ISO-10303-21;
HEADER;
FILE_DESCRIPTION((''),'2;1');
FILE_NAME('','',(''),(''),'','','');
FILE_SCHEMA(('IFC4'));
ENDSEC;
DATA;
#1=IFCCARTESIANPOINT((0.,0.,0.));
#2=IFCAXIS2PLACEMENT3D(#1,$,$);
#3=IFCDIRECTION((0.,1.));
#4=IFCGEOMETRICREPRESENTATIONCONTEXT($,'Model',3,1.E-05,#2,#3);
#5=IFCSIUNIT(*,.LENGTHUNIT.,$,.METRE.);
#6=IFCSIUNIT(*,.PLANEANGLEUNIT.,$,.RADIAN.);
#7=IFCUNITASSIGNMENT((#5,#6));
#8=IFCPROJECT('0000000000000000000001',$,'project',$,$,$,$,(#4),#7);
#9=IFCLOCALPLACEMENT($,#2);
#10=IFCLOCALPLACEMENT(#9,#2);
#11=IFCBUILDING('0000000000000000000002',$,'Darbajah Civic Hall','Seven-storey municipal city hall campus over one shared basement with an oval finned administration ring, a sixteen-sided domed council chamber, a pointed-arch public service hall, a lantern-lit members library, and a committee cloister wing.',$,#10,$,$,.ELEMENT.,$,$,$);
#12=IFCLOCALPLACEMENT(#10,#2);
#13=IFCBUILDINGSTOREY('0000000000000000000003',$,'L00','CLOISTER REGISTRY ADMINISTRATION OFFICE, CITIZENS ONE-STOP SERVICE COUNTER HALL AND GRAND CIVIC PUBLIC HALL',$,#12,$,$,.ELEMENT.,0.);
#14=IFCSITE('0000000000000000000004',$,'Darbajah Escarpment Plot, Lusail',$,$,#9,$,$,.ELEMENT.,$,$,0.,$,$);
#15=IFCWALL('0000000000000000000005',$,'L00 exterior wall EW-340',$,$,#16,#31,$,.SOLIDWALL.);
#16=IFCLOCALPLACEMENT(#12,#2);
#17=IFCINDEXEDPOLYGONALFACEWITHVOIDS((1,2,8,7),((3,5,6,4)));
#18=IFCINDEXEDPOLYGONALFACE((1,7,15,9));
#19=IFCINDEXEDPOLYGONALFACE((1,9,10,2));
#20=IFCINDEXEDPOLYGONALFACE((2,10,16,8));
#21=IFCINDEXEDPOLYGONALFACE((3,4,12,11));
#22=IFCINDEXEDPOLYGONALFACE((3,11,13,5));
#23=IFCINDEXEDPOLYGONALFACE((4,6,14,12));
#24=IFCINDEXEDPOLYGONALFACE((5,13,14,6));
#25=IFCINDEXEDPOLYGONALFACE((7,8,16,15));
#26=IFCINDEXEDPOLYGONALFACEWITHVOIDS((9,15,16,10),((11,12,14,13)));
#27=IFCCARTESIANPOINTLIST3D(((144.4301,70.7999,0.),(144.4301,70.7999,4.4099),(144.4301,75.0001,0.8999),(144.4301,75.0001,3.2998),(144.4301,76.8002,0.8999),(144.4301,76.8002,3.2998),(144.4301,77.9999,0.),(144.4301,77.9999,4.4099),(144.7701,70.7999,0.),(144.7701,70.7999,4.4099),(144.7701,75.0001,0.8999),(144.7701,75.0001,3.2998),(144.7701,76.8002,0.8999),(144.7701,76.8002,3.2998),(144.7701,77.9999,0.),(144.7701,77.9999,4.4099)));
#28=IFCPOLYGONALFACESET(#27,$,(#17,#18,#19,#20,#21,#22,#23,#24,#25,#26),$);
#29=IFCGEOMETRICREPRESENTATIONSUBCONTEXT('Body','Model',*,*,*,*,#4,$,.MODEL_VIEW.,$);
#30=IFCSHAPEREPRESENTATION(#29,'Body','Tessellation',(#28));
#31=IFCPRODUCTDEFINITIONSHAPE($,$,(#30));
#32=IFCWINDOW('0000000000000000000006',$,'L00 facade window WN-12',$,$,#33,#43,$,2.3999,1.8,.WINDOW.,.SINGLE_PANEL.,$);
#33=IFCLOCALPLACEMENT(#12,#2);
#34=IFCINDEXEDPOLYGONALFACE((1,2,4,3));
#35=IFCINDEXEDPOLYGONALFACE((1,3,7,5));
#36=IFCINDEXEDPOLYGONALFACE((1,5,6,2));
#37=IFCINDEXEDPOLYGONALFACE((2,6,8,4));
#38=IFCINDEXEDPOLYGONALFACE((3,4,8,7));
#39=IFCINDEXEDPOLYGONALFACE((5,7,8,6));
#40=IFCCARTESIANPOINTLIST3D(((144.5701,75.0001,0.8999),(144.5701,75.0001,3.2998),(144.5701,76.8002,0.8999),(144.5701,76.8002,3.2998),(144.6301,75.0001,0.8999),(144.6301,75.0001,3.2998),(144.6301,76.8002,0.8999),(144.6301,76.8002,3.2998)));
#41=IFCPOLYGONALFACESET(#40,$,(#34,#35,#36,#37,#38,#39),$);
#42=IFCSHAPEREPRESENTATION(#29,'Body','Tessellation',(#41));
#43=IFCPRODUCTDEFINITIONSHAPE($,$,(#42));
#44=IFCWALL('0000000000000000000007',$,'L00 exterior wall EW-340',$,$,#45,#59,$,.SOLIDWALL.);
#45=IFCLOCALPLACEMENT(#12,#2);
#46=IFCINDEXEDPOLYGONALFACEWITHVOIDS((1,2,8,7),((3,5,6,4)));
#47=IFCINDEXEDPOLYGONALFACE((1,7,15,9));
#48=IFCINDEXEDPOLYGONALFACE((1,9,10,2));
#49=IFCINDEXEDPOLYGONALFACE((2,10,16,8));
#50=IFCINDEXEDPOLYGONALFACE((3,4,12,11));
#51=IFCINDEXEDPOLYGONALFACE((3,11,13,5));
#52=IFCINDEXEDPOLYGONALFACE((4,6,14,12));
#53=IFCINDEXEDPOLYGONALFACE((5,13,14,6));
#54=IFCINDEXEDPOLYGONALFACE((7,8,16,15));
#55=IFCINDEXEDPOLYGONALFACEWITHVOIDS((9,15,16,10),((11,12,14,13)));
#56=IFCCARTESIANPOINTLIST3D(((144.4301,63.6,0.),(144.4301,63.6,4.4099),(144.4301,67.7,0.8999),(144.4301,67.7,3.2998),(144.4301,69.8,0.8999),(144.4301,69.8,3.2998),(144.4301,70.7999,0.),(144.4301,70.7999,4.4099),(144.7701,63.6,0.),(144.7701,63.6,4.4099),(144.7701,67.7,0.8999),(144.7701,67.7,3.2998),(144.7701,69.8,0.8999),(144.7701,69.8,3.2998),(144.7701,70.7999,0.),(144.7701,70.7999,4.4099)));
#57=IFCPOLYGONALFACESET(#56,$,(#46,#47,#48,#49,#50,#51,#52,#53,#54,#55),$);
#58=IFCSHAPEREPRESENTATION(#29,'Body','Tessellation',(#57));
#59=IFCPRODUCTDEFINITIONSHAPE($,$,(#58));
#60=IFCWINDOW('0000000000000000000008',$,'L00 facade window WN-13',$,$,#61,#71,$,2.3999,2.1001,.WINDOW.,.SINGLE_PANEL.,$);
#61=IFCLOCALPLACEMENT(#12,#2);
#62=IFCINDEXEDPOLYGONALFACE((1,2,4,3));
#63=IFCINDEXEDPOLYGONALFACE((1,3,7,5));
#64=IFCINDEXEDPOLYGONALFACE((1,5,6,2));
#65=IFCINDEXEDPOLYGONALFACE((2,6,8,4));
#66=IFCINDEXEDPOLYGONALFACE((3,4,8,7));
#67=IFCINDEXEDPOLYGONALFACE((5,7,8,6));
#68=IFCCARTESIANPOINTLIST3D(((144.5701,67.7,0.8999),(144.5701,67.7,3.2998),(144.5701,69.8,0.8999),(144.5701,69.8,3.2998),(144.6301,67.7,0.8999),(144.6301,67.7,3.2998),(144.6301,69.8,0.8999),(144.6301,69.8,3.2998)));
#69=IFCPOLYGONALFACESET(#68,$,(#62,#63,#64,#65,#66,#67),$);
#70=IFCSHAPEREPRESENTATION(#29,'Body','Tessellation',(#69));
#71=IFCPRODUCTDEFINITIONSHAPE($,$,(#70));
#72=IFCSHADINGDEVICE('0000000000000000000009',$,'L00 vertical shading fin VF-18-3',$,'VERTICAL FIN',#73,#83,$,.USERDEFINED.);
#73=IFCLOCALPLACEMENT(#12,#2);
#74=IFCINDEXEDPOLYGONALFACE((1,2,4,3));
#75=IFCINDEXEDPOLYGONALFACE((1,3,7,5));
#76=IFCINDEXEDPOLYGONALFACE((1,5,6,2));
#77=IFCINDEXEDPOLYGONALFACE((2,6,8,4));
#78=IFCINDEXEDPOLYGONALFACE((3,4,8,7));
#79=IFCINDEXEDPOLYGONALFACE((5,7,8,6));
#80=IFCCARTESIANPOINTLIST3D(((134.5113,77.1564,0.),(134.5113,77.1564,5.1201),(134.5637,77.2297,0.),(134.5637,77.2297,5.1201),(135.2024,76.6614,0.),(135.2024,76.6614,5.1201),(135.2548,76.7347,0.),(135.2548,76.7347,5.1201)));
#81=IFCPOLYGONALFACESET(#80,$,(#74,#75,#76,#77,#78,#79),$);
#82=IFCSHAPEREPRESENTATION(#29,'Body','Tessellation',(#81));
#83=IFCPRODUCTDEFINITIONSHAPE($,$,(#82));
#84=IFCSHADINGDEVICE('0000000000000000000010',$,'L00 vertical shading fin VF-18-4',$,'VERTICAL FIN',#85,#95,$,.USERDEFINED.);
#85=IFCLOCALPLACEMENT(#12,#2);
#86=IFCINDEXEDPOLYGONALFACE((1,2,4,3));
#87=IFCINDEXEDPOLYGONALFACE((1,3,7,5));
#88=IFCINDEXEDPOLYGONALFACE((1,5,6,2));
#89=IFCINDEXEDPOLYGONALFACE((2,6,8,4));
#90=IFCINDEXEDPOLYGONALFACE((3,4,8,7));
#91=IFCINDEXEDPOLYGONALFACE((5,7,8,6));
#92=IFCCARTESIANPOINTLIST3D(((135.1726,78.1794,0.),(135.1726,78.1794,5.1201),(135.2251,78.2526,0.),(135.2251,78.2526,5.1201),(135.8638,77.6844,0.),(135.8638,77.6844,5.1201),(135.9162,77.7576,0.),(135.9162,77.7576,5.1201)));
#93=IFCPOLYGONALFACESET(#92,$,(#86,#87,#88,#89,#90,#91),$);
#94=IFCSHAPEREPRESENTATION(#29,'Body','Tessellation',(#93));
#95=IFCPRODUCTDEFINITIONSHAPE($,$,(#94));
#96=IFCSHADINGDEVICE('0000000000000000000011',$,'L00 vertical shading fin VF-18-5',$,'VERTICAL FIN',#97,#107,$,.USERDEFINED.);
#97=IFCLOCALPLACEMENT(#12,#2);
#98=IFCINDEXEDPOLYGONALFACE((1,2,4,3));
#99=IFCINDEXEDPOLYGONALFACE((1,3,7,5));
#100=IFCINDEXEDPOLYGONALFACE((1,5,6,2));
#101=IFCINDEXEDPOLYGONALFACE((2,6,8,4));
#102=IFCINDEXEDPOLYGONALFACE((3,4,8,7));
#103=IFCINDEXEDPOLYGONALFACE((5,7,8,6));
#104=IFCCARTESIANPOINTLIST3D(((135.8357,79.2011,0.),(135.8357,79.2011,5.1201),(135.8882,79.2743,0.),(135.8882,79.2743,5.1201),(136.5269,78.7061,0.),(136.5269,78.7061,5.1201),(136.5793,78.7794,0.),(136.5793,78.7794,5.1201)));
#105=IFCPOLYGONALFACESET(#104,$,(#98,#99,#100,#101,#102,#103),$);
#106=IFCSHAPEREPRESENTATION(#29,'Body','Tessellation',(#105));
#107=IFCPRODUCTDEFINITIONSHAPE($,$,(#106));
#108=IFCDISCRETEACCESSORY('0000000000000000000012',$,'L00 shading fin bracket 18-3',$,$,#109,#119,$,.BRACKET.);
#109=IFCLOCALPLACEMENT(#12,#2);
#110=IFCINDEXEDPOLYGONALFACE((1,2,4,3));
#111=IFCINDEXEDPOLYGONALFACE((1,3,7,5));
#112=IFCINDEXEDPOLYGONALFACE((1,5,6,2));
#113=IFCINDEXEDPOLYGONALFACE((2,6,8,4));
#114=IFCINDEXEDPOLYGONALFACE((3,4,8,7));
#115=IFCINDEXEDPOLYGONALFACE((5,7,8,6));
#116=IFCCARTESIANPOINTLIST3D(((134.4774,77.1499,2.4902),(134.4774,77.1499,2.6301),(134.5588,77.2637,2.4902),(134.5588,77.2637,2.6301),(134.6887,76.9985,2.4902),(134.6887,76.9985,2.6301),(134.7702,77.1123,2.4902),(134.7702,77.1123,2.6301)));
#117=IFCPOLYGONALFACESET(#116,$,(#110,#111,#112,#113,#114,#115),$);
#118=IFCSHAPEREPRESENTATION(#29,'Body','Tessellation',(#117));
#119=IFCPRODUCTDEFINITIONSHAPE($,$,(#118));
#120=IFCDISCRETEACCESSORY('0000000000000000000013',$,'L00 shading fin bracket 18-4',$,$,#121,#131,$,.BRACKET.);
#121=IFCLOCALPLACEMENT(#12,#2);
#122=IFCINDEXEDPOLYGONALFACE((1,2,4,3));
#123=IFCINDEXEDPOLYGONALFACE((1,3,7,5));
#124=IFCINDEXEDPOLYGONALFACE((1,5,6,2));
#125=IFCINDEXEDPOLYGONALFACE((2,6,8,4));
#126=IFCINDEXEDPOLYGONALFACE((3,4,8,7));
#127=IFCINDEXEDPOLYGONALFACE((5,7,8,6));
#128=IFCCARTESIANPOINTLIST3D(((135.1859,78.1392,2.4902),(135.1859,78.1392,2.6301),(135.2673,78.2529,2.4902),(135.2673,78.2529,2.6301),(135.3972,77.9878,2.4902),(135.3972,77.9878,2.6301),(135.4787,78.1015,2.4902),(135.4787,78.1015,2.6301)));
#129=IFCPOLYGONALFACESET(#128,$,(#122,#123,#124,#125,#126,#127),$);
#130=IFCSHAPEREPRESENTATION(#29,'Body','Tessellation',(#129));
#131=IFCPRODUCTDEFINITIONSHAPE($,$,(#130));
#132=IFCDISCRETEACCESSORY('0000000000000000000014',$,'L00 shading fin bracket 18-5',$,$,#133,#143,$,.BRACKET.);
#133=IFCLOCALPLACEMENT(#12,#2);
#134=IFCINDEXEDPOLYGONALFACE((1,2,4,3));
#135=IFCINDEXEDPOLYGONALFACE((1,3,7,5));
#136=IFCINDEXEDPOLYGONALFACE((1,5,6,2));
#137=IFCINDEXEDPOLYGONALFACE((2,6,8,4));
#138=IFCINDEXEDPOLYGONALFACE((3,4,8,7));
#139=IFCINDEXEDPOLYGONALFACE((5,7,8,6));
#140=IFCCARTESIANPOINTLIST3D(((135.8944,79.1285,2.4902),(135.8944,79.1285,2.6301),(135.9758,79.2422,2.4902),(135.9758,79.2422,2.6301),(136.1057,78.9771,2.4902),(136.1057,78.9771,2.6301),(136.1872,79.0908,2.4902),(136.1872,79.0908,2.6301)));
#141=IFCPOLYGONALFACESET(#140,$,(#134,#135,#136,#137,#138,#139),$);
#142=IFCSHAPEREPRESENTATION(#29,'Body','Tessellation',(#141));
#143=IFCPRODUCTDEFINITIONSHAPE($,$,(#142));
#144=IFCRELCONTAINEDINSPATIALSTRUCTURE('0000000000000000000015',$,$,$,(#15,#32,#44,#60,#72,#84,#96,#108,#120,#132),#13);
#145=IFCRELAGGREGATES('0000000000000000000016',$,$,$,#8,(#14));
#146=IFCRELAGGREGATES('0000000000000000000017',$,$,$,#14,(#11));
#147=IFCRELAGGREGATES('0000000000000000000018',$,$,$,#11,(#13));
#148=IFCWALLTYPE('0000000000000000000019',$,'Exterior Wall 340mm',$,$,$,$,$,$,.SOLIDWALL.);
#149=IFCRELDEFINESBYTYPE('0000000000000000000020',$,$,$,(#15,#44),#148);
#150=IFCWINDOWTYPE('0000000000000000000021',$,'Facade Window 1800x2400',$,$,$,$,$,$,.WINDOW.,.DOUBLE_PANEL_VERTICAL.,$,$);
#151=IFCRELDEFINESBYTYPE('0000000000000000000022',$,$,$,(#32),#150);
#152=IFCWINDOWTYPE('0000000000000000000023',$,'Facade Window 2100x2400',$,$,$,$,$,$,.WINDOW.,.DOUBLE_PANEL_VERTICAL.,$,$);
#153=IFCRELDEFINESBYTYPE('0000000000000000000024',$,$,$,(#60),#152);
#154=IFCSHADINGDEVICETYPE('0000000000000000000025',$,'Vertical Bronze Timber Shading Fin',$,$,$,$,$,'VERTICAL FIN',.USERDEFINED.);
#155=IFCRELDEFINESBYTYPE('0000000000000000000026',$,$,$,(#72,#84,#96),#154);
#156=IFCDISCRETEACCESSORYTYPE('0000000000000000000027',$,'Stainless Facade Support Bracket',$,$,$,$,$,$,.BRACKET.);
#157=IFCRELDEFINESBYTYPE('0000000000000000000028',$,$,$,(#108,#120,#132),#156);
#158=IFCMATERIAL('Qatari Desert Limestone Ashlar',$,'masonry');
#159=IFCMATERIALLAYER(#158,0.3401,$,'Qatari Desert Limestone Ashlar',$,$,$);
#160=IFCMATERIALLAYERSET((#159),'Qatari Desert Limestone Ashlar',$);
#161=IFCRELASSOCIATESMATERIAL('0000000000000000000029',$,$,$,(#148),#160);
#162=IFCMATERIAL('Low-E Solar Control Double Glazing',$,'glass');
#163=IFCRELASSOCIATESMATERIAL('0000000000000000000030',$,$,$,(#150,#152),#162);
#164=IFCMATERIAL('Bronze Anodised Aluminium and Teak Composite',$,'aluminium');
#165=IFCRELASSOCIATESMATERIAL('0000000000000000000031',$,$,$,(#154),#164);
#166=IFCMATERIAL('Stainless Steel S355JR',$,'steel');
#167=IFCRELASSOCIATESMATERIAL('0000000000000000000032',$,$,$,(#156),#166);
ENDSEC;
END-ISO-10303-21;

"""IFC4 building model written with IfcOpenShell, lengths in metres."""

from ifc_helpers import new_model, si_unit, direction, frame, frame_2d, origin, origin_2d, place, context, subcontext, project, spatial, rectangle, extrude, material, layer, layer_set, type_object, element, fill, save


model = new_model("IFC4")

# Units and contexts
model_context = context("Model", 3, precision=1e-05, world=origin(), true_north=direction((0.0, 1.0)))
body_context = subcontext(model_context, "Body", "Model", "MODEL_VIEW")
ifc_project = project(units=[si_unit("LENGTHUNIT", "METRE"), si_unit("PLANEANGLEUNIT", "RADIAN")], contexts=[model_context])

# Site, building, storey
site_placement = place(None, origin())
site = spatial("IfcSite", under=ifc_project, at=site_placement, Name="Darbajah Escarpment Plot, Lusail", CompositionType="ELEMENT", RefElevation=0.0)
building_placement = place(site_placement, origin())
building = spatial("IfcBuilding", under=site, at=building_placement, Name="Darbajah Civic Hall", Description="Seven-storey municipal city hall campus over one shared basement with an oval finned administration ring, a sixteen-sided domed council chamber, a pointed-arch public service hall, a lantern-lit members library, and a committee cloister wing.", CompositionType="ELEMENT")
storey_placement = place(building_placement, origin())
storey = spatial("IfcBuildingStorey", under=building, at=storey_placement, Name="L00", Description="CLOISTER REGISTRY ADMINISTRATION OFFICE, CITIZENS ONE-STOP SERVICE COUNTER HALL AND GRAND CIVIC PUBLIC HALL", CompositionType="ELEMENT", Elevation=0.0)

# Shared definitions
ifc_material_1 = material(Name="Low-E Solar Control Double Glazing", Category="glass")

# Walls, openings, windows
ifc_material_2 = material(Name="Qatari Desert Limestone Ashlar", Category="masonry")
ifc_layer_1 = layer(ifc_material_2, 0.3401, Name="Qatari Desert Limestone Ashlar")
ifc_layer_set_1 = layer_set([ifc_layer_1], Name="Qatari Desert Limestone Ashlar")
wall_type = type_object("IfcWallType", Name="Exterior Wall 340mm", PredefinedType="SOLIDWALL", material=ifc_layer_set_1)
wall_1_placement = place(storey_placement, frame((144.6001, 78.0, 0.0), z_axis=(0.0, 0.0, 1.0), x_axis=(0.0, -1.0, 0.0)))
wall_1 = element("IfcWall", 1, at=wall_1_placement, inside=storey, type_object=wall_type, Name="L00 exterior wall EW-340", PredefinedType="SOLIDWALL", context=body_context, shape_type="SweptSolid", body=[
    extrude(rectangle(XDim=7.2, YDim=0.3401, at=frame_2d((3.6001, 0.0))), origin(), (0.0, 0.0, 1.0), 4.4099),
])
opening_1_placement = place(wall_1_placement, frame((1.2, 0.0, 0.8999)))
opening_1 = element("IfcOpeningElement", 2, at=opening_1_placement, cuts=wall_1, PredefinedType="OPENING", context=body_context, shape_type="SweptSolid", body=[
    extrude(rectangle(XDim=1.8, YDim=2.3999, at=frame_2d((0.8999, 1.2))), frame((0.0, 0.1799, 0.0), z_axis=(0.0, -1.0, 0.0), x_axis=(1.0, 0.0, 0.0)), (0.0, 0.0, 1.0), 0.3601),
])
window_type_1 = type_object("IfcWindowType", Name="Facade Window 1800x2400", PartitioningType="DOUBLE_PANEL_VERTICAL", PredefinedType="WINDOW", material=ifc_material_1)
window_1_placement = place(opening_1_placement, origin())
window_1 = element("IfcWindow", 3, at=window_1_placement, inside=storey, type_object=window_type_1, Name="L00 facade window WN-12", OverallHeight=2.3999, OverallWidth=1.8, PartitioningType="SINGLE_PANEL", PredefinedType="WINDOW", context=body_context, shape_type="SweptSolid", body=[
    extrude(rectangle(XDim=1.8, YDim=2.3999, at=frame_2d((0.8999, 1.2))), frame((0.0, 0.03, 0.0), z_axis=(0.0, -1.0, 0.0), x_axis=(1.0, 0.0, 0.0)), (0.0, 0.0, 1.0), 0.0601),
])
fill(opening_1, window_1)
wall_2_placement = place(storey_placement, frame((144.6001, 70.8, 0.0), z_axis=(0.0, 0.0, 1.0), x_axis=(0.0, -1.0, 0.0)))
wall_2 = element("IfcWall", 4, at=wall_2_placement, inside=storey, type_object=wall_type, Name="L00 exterior wall EW-340", PredefinedType="SOLIDWALL", context=body_context, shape_type="SweptSolid", body=[
    extrude(rectangle(XDim=7.2, YDim=0.3401, at=frame_2d((3.6001, 0.0))), origin(), (0.0, 0.0, 1.0), 4.4099),
])
opening_2_placement = place(wall_2_placement, frame((1.0, 0.0, 0.8999)))
opening_2 = element("IfcOpeningElement", 5, at=opening_2_placement, cuts=wall_2, PredefinedType="OPENING", context=body_context, shape_type="SweptSolid", body=[
    extrude(rectangle(XDim=2.1001, YDim=2.3999, at=frame_2d((1.05, 1.2))), frame((0.0, 0.1799, 0.0), z_axis=(0.0, -1.0, 0.0), x_axis=(1.0, 0.0, 0.0)), (0.0, 0.0, 1.0), 0.3601),
])
window_type_2 = type_object("IfcWindowType", Name="Facade Window 2100x2400", PartitioningType="DOUBLE_PANEL_VERTICAL", PredefinedType="WINDOW", material=ifc_material_1)
window_2_placement = place(opening_2_placement, origin())
window_2 = element("IfcWindow", 6, at=window_2_placement, inside=storey, type_object=window_type_2, Name="L00 facade window WN-13", OverallHeight=2.3999, OverallWidth=2.1001, PartitioningType="SINGLE_PANEL", PredefinedType="WINDOW", context=body_context, shape_type="SweptSolid", body=[
    extrude(rectangle(XDim=2.1001, YDim=2.3999, at=frame_2d((1.05, 1.2))), frame((0.0, 0.03, 0.0), z_axis=(0.0, -1.0, 0.0), x_axis=(1.0, 0.0, 0.0)), (0.0, 0.0, 1.0), 0.0601),
])
fill(opening_2, window_2)

# Shading devices
ifc_material_3 = material(Name="Bronze Anodised Aluminium and Teak Composite", Category="aluminium")
shading_device_type = type_object("IfcShadingDeviceType", Name="Vertical Bronze Timber Shading Fin", ElementType="VERTICAL FIN", PredefinedType="USERDEFINED", material=ifc_material_3)
for number, where, z_axis, x_axis, name in (
    (7, (134.8831, 76.9456, 0.0), (0.0, 0.0, 1.0), (0.812999, -0.582265, 0.0), "L00 vertical shading fin VF-18-3"),
    (8, (135.5444, 77.9685, 0.0), (0.0, 0.0, 1.0), (0.812999, -0.582265, 0.0), "L00 vertical shading fin VF-18-4"),
    (9, (136.2075, 78.9902, 0.0), (0.0, 0.0, 1.0), (0.812999, -0.582265, 0.0), "L00 vertical shading fin VF-18-5"),
):
    element("IfcShadingDevice", number, at=place(storey_placement, frame(where, z_axis=z_axis, x_axis=x_axis)), inside=storey, type_object=shading_device_type, Name=name, ObjectType="VERTICAL FIN", PredefinedType="USERDEFINED", context=body_context, shape_type="SweptSolid", body=[
        extrude(rectangle(XDim=0.8501, YDim=0.0901, at=origin_2d()), origin(), (0.0, 0.0, 1.0), 5.1201),
    ])

# Discrete accessories
ifc_material_4 = material(Name="Stainless Steel S355JR", Category="steel")
discrete_accessory_type = type_object("IfcDiscreteAccessoryType", Name="Stainless Facade Support Bracket", PredefinedType="BRACKET", material=ifc_material_4)
for number, where, z_axis, x_axis, name in (
    (10, (134.6238, 77.1311, 2.4902), (0.0, 0.0, 1.0), (0.812999, -0.582265, 0.0), "L00 shading fin bracket 18-3"),
    (11, (135.3323, 78.1204, 2.4902), (0.0, 0.0, 1.0), (0.812999, -0.582265, 0.0), "L00 shading fin bracket 18-4"),
    (12, (136.0408, 79.1096, 2.4902), (0.0, 0.0, 1.0), (0.812999, -0.582265, 0.0), "L00 shading fin bracket 18-5"),
):
    element("IfcDiscreteAccessory", number, at=place(storey_placement, frame(where, z_axis=z_axis, x_axis=x_axis)), inside=storey, type_object=discrete_accessory_type, Name=name, PredefinedType="BRACKET", context=body_context, shape_type="SweptSolid", body=[
        extrude(rectangle(XDim=0.26, YDim=0.1399, at=origin_2d()), origin(), (0.0, 0.0, 1.0), 0.1399),
    ])

save(model, "model.ifc")
